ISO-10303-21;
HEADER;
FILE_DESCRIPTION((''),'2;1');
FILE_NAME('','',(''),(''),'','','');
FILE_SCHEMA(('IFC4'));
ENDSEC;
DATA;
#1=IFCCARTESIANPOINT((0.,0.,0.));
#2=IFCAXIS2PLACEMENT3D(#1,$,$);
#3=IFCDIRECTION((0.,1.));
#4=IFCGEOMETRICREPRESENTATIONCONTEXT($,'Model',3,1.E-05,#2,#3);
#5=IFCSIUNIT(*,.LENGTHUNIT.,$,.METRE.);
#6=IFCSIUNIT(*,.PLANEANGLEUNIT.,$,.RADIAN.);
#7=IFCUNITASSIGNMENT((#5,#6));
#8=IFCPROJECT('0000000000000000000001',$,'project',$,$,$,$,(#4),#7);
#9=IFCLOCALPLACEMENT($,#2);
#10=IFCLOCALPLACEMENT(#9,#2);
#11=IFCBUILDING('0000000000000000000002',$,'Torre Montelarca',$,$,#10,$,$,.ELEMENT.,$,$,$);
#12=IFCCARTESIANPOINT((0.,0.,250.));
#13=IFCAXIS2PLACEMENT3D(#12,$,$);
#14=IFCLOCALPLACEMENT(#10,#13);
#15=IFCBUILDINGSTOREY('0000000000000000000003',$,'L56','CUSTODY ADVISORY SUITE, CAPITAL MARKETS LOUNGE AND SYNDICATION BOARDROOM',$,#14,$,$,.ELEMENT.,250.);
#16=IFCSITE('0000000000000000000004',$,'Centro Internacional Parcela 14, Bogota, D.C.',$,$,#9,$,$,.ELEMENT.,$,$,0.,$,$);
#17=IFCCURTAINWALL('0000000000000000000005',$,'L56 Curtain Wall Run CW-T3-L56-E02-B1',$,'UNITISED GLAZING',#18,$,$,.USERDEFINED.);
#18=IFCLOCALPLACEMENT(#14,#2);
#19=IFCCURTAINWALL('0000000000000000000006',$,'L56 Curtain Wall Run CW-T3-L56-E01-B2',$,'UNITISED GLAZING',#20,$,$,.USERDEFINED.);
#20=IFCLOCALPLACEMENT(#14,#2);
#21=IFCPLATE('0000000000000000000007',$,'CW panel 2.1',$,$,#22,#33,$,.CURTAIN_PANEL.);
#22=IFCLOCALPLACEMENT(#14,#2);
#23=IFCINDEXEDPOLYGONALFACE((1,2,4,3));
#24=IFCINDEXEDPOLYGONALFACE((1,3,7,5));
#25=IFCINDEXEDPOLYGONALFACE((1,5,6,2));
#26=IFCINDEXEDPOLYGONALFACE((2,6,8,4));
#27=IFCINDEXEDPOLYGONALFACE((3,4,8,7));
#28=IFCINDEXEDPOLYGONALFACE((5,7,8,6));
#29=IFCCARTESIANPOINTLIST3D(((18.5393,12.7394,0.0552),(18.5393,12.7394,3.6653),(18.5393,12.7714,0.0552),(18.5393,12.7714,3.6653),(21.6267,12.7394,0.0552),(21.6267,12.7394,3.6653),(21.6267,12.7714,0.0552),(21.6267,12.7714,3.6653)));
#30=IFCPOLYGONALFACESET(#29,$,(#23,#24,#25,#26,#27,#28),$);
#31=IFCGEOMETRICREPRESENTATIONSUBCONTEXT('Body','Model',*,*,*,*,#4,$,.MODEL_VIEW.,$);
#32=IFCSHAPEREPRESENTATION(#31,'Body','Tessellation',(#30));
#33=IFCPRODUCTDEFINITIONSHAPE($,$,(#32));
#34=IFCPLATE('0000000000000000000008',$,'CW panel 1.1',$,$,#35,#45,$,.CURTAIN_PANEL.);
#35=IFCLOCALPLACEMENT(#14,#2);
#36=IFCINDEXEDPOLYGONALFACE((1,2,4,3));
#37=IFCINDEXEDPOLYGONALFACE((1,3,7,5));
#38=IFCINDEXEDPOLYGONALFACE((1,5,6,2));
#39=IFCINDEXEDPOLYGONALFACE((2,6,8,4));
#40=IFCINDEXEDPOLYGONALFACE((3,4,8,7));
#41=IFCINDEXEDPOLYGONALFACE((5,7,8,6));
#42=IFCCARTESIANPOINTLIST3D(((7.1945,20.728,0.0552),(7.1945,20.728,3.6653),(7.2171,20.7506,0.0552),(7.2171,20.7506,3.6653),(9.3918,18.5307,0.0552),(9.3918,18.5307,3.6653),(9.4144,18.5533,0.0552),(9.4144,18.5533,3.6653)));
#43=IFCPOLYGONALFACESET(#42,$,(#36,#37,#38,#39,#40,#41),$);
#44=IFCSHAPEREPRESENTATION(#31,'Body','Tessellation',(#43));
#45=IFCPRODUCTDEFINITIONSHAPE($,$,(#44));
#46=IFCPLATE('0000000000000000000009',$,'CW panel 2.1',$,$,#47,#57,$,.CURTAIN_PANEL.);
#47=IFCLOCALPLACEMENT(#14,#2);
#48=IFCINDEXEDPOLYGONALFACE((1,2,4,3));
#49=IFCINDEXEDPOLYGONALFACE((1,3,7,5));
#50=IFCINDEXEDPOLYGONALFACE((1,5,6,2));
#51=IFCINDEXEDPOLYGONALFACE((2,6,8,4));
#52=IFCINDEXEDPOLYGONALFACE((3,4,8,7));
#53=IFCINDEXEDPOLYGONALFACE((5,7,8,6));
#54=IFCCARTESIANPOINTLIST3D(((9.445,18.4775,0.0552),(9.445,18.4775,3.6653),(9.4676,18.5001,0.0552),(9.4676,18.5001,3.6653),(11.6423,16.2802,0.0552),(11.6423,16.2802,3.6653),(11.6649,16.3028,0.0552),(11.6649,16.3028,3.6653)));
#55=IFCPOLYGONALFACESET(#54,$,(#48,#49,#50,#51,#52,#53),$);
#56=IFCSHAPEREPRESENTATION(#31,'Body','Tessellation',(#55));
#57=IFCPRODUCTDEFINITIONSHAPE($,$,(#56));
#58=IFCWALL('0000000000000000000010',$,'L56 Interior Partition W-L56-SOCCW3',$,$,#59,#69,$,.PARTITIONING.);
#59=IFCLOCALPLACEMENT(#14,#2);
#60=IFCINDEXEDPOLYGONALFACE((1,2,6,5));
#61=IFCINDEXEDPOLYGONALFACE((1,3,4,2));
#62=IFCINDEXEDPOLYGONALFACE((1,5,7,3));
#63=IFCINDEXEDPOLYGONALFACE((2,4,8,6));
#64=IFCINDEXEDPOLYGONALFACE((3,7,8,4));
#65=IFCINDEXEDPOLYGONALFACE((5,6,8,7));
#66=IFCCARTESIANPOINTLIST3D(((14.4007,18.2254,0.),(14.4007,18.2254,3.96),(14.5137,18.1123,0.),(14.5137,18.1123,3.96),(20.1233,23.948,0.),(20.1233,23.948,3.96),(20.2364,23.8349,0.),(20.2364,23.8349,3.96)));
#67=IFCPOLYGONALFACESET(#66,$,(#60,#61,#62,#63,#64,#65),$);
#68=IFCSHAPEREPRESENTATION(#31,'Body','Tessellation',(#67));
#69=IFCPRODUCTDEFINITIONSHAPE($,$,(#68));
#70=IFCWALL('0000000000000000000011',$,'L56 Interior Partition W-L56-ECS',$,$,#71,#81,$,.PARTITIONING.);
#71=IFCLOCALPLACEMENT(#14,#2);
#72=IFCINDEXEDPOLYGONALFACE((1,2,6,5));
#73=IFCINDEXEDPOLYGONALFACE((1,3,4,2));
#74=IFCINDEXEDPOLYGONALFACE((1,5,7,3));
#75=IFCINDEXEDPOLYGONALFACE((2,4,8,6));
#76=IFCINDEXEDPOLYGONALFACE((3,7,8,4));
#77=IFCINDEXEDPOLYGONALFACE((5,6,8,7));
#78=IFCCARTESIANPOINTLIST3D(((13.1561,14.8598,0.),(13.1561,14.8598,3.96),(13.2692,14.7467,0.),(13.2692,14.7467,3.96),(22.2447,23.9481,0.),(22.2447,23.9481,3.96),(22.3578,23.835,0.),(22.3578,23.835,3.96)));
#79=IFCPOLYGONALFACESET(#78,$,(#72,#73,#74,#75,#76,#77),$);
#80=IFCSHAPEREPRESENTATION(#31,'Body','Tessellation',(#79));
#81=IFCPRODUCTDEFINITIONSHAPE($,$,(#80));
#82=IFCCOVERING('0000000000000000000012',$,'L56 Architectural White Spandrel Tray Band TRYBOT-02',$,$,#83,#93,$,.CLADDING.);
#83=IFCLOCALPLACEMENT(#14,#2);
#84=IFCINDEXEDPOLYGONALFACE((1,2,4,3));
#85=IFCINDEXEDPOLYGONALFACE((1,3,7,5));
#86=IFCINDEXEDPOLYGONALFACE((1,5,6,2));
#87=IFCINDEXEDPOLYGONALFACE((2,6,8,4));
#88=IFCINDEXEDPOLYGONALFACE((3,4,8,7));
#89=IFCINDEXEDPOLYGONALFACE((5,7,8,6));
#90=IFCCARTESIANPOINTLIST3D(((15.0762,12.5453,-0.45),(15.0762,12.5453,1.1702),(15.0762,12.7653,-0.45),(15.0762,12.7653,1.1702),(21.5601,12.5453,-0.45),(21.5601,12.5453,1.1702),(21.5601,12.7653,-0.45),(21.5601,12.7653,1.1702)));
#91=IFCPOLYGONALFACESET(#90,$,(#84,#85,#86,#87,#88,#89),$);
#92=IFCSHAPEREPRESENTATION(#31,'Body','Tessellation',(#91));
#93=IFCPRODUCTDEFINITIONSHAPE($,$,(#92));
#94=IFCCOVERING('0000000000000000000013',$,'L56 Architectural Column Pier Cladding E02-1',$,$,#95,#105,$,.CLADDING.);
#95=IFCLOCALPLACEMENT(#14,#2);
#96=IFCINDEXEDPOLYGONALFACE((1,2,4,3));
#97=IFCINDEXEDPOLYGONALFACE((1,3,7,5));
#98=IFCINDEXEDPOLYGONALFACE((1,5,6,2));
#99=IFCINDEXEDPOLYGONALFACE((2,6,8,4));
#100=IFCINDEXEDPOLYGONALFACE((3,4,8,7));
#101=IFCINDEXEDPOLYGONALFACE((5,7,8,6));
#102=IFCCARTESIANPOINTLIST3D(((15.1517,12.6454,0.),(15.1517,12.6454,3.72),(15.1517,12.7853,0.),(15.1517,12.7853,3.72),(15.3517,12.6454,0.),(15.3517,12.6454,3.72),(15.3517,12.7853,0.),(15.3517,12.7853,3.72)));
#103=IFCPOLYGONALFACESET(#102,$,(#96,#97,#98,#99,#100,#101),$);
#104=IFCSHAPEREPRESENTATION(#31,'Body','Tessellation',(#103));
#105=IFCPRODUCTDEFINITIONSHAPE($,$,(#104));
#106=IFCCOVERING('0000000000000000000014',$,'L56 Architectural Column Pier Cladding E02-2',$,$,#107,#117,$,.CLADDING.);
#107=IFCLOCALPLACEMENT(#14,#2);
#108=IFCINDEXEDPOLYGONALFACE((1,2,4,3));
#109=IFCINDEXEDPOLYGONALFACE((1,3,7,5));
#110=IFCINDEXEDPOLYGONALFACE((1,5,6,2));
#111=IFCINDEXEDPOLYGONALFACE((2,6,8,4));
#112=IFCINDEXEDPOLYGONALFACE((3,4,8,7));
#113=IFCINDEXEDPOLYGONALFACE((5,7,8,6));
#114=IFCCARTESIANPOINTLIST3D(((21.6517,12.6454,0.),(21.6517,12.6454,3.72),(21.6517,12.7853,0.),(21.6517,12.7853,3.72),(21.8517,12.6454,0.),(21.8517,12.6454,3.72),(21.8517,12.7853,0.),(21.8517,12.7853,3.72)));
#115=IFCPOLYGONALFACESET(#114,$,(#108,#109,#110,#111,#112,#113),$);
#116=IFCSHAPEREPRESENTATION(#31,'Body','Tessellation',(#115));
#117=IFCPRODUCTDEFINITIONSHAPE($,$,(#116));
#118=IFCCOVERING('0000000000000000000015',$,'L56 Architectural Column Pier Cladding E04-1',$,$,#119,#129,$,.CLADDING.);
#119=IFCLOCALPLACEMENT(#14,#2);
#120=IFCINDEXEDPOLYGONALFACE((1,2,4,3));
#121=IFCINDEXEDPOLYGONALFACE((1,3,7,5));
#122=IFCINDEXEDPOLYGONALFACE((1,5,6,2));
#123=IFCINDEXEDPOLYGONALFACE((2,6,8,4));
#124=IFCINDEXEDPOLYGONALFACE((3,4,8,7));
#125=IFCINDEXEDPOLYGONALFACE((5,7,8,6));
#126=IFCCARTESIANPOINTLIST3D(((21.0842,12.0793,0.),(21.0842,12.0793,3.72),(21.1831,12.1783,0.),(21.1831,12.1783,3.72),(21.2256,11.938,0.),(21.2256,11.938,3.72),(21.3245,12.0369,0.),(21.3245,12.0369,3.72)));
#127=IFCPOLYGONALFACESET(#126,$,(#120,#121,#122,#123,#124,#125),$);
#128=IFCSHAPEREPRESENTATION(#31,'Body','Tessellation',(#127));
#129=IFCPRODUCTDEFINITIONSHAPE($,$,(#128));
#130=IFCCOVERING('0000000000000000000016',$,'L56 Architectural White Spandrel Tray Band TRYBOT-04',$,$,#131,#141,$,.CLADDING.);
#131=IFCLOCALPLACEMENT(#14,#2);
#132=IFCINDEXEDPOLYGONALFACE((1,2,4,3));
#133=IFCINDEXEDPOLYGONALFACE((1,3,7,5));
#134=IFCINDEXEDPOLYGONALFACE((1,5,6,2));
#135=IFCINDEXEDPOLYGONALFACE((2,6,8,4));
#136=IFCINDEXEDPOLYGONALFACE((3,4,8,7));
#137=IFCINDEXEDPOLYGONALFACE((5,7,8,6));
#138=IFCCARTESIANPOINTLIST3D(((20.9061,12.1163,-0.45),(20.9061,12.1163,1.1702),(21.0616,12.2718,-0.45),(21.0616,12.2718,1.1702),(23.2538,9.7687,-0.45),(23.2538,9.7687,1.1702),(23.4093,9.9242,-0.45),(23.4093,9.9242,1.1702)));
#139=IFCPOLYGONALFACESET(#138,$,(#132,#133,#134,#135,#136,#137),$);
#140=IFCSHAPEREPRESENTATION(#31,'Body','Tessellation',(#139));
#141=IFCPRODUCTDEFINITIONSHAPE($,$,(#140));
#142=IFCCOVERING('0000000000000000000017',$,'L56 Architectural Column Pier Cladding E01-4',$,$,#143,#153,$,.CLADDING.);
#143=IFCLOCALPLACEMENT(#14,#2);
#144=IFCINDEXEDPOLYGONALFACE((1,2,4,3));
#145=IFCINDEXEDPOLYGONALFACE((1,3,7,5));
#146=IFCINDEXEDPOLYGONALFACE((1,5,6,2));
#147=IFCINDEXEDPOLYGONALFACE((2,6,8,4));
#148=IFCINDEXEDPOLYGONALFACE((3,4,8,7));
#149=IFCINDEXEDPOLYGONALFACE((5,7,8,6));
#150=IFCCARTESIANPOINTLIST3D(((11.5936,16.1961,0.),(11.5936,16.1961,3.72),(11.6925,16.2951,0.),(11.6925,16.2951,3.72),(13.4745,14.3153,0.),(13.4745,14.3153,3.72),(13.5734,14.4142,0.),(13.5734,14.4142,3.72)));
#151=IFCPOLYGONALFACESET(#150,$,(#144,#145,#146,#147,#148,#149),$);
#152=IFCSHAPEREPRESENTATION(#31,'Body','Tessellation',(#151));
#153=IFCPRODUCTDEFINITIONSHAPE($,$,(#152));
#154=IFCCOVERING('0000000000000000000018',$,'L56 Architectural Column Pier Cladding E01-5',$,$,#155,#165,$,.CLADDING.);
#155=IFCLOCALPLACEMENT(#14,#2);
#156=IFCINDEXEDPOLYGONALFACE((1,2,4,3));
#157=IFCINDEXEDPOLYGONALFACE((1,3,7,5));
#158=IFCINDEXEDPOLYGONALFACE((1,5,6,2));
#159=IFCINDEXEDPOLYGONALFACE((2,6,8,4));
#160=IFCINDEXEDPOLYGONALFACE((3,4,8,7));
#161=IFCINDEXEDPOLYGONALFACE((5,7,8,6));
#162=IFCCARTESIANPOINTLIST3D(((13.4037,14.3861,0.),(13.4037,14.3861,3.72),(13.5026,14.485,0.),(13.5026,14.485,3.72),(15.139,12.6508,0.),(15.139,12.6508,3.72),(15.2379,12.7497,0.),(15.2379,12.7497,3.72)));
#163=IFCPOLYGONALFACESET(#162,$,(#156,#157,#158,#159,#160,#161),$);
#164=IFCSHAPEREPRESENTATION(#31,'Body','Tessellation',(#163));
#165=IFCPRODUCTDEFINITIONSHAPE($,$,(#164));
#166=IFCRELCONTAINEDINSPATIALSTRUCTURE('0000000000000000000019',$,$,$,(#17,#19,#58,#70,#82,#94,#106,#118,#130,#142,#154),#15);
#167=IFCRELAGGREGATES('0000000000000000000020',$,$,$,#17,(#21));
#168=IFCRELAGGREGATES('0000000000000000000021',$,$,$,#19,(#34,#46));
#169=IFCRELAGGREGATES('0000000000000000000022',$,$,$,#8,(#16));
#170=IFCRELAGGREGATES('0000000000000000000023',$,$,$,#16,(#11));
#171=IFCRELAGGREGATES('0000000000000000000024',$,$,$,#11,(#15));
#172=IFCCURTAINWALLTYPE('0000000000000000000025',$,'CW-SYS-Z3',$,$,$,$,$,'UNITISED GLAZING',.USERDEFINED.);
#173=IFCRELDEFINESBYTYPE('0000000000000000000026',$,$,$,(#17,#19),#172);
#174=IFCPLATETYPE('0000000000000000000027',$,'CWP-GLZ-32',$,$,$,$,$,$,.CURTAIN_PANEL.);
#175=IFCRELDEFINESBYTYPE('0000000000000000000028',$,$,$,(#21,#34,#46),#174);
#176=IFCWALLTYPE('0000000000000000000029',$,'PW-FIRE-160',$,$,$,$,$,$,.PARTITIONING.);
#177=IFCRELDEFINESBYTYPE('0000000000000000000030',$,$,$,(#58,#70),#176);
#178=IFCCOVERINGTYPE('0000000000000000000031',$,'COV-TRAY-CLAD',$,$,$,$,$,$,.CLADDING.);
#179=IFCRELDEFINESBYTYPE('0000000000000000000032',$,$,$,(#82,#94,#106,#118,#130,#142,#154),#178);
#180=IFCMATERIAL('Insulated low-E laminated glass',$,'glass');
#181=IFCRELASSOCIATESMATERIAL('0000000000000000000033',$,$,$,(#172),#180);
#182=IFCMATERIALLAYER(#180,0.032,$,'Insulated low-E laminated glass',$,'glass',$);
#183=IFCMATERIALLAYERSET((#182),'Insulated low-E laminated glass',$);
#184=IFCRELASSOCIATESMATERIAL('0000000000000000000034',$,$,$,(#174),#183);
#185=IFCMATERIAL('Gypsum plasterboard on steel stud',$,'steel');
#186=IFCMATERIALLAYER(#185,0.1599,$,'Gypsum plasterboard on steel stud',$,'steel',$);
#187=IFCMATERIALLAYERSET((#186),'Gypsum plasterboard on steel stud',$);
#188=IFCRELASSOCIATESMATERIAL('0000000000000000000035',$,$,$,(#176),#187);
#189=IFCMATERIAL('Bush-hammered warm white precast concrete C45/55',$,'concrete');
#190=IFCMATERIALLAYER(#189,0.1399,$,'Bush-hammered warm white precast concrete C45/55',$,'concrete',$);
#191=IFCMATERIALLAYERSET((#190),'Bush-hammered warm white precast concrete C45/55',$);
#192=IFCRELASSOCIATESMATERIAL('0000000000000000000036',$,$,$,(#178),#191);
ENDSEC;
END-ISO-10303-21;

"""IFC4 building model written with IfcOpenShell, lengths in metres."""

from ifc_helpers import new_model, si_unit, direction, frame, frame_2d, origin, origin_2d, place, context, subcontext, project, spatial, rectangle, extrude, source, transform, mapped, material, layer, layer_set, type_object, element, aggregate, save


model = new_model("IFC4")

# Units and contexts
model_context = context("Model", 3, precision=1e-05, world=origin(), true_north=direction((0.0, 1.0)))
body_context = subcontext(model_context, "Body", "Model", "MODEL_VIEW")
ifc_project = project(units=[si_unit("LENGTHUNIT", "METRE"), si_unit("PLANEANGLEUNIT", "RADIAN")], contexts=[model_context])

# Site, building, storey
site_placement = place(None, origin())
site = spatial("IfcSite", under=ifc_project, at=site_placement, Name="Centro Internacional Parcela 14, Bogota, D.C.", CompositionType="ELEMENT", RefElevation=0.0)
building_placement = place(site_placement, origin())
building = spatial("IfcBuilding", under=site, at=building_placement, Name="Torre Montelarca", CompositionType="ELEMENT")
storey_placement = place(building_placement, frame((0.0, 0.0, 250.0)))
storey = spatial("IfcBuildingStorey", under=building, at=storey_placement, Name="L56", Description="CUSTODY ADVISORY SUITE, CAPITAL MARKETS LOUNGE AND SYNDICATION BOARDROOM", CompositionType="ELEMENT", Elevation=250.0)

# Curtain walls
ifc_material_1 = material(Name="Insulated low-E laminated glass", Category="glass")
curtain_wall_type = type_object("IfcCurtainWallType", Name="CW-SYS-Z3", ElementType="UNITISED GLAZING", PredefinedType="USERDEFINED", material=ifc_material_1)
curtain_wall_1_placement = place(storey_placement, origin())
curtain_wall_1 = element("IfcCurtainWall", 1, at=curtain_wall_1_placement, inside=storey, type_object=curtain_wall_type, Name="L56 Curtain Wall Run CW-T3-L56-E02-B1", ObjectType="UNITISED GLAZING", PredefinedType="USERDEFINED")
curtain_wall_2_placement = place(storey_placement, origin())
curtain_wall_2 = element("IfcCurtainWall", 2, at=curtain_wall_2_placement, inside=storey, type_object=curtain_wall_type, Name="L56 Curtain Wall Run CW-T3-L56-E01-B2", ObjectType="UNITISED GLAZING", PredefinedType="USERDEFINED")

# Plates
ifc_layer_1 = layer(ifc_material_1, 0.032, Name="Insulated low-E laminated glass", Category="glass")
ifc_layer_set_1 = layer_set([ifc_layer_1], Name="Insulated low-E laminated glass")
plate_type = type_object("IfcPlateType", Name="CWP-GLZ-32", PredefinedType="CURTAIN_PANEL", material=ifc_layer_set_1)
shared_shape_1 = source(origin(), body_context, "Body", "SweptSolid", [
    extrude(rectangle(XDim=3.0874, YDim=0.032, at=origin_2d()), origin(), (0.0, 0.0, 1.0), 3.6101),
])
plate_1_placement = place(storey_placement, frame((20.083, 12.7554, 0.0552), z_axis=(0.0, 0.0, 1.0), x_axis=(1.0, 0.0, 0.0)))
plate_1 = element("IfcPlate", 3, at=plate_1_placement, type_object=plate_type, Name="CW panel 2.1", PredefinedType="CURTAIN_PANEL", context=body_context, shape_type="MappedRepresentation", body=[
    mapped(shared_shape_1, transform((0.0, 0.0, 0.0), scale=1.0)),
])
aggregate(curtain_wall_1, [plate_1])
shared_shape_2 = source(origin(), body_context, "Body", "SweptSolid", [
    extrude(rectangle(XDim=3.1074, YDim=0.032, at=origin_2d()), origin(), (0.0, 0.0, 1.0), 3.6101),
])
plate_2_placement = place(storey_placement, frame((8.3044, 19.6406, 0.0552), z_axis=(0.0, 0.0, 1.0), x_axis=(0.707107, -0.707107, 0.0)))
plate_2 = element("IfcPlate", 4, at=plate_2_placement, type_object=plate_type, Name="CW panel 1.1", PredefinedType="CURTAIN_PANEL", context=body_context, shape_type="MappedRepresentation", body=[
    mapped(shared_shape_2, transform((0.0, 0.0, 0.0), scale=1.0)),
])
plate_3_placement = place(storey_placement, frame((10.5549, 17.3901, 0.0552), z_axis=(0.0, 0.0, 1.0), x_axis=(0.707107, -0.707107, 0.0)))
plate_3 = element("IfcPlate", 5, at=plate_3_placement, type_object=plate_type, Name="CW panel 2.1", PredefinedType="CURTAIN_PANEL", context=body_context, shape_type="MappedRepresentation", body=[
    mapped(shared_shape_2, transform((0.0, 0.0, 0.0), scale=1.0)),
])
aggregate(curtain_wall_2, [plate_2, plate_3])

# Walls
ifc_material_2 = material(Name="Gypsum plasterboard on steel stud", Category="steel")
ifc_layer_2 = layer(ifc_material_2, 0.1599, Name="Gypsum plasterboard on steel stud", Category="steel")
ifc_layer_set_2 = layer_set([ifc_layer_2], Name="Gypsum plasterboard on steel stud")
wall_type = type_object("IfcWallType", Name="PW-FIRE-160", PredefinedType="PARTITIONING", material=ifc_layer_set_2)
wall_1_placement = place(storey_placement, frame((14.4573, 18.1689, 0.0), z_axis=(0.0, 0.0, 1.0), x_axis=(0.707107, 0.707107, 0.0)))
element("IfcWall", 6, at=wall_1_placement, inside=storey, type_object=wall_type, Name="L56 Interior Partition W-L56-SOCCW3", PredefinedType="PARTITIONING", context=body_context, shape_type="SweptSolid", body=[
    extrude(rectangle(XDim=8.093, YDim=0.1599, at=frame_2d((4.0464, 0.0))), origin(), (0.0, 0.0, 1.0), 3.96),
])
wall_2_placement = place(storey_placement, frame((13.2126, 14.8032, 0.0), z_axis=(0.0, 0.0, 1.0), x_axis=(0.707116, 0.707097, 0.0)))
element("IfcWall", 7, at=wall_2_placement, inside=storey, type_object=wall_type, Name="L56 Interior Partition W-L56-ECS", PredefinedType="PARTITIONING", context=body_context, shape_type="SweptSolid", body=[
    extrude(rectangle(XDim=12.853, YDim=0.1599, at=frame_2d((6.4265, 0.0))), origin(), (0.0, 0.0, 1.0), 3.96),
])

# Coverings
ifc_material_3 = material(Name="Bush-hammered warm white precast concrete C45/55", Category="concrete")
ifc_layer_3 = layer(ifc_material_3, 0.1399, Name="Bush-hammered warm white precast concrete C45/55", Category="concrete")
ifc_layer_set_3 = layer_set([ifc_layer_3], Name="Bush-hammered warm white precast concrete C45/55")
covering_type = type_object("IfcCoveringType", Name="COV-TRAY-CLAD", PredefinedType="CLADDING", material=ifc_layer_set_3)
shared_shape_3 = source(origin(), body_context, "Body", "SweptSolid", [
    extrude(rectangle(XDim=6.4839, YDim=0.22, at=origin_2d()), origin(), (0.0, 0.0, 1.0), 1.6201),
])
covering_1_placement = place(storey_placement, frame((18.3181, 12.6553, -0.45), z_axis=(0.0, 0.0, 1.0), x_axis=(1.0, 0.0, 0.0)))
element("IfcCovering", 8, at=covering_1_placement, inside=storey, type_object=covering_type, Name="L56 Architectural White Spandrel Tray Band TRYBOT-02", PredefinedType="CLADDING", context=body_context, shape_type="MappedRepresentation", body=[
    mapped(shared_shape_3, transform((0.0, 0.0, 0.0), scale=1.0)),
])
shared_shape_4 = source(origin(), body_context, "Body", "SweptSolid", [
    extrude(rectangle(XDim=0.2, YDim=0.1399, at=origin_2d()), origin(), (0.0, 0.0, 1.0), 3.72),
])
for number, where, z_axis, x_axis, name in (
    (9, (15.2517, 12.7153, 0.0), (0.0, 0.0, 1.0), (1.0, 0.0, 0.0), "L56 Architectural Column Pier Cladding E02-1"),
    (10, (21.7517, 12.7153, 0.0), (0.0, 0.0, 1.0), (1.0, 0.0, 0.0), "L56 Architectural Column Pier Cladding E02-2"),
    (11, (21.2043, 12.0581, 0.0), (0.0, 0.0, 1.0), (0.707124, -0.70709, 0.0), "L56 Architectural Column Pier Cladding E04-1"),
):
    element("IfcCovering", number, at=place(storey_placement, frame(where, z_axis=z_axis, x_axis=x_axis)), inside=storey, type_object=covering_type, Name=name, PredefinedType="CLADDING", context=body_context, shape_type="MappedRepresentation", body=[
        mapped(shared_shape_4, transform((0.0, 0.0, 0.0), scale=1.0)),
    ])
shared_shape_5 = source(origin(), body_context, "Body", "SweptSolid", [
    extrude(rectangle(XDim=3.3201, YDim=0.22, at=origin_2d()), origin(), (0.0, 0.0, 1.0), 1.6201),
])
covering_2_placement = place(storey_placement, frame((22.1577, 11.0203, -0.45), z_axis=(0.0, 0.0, 1.0), x_axis=(0.707123, -0.707091, 0.0)))
element("IfcCovering", 12, at=covering_2_placement, inside=storey, type_object=covering_type, Name="L56 Architectural White Spandrel Tray Band TRYBOT-04", PredefinedType="CLADDING", context=body_context, shape_type="MappedRepresentation", body=[
    mapped(shared_shape_5, transform((0.0, 0.0, 0.0), scale=1.0)),
])
shared_shape_6 = source(origin(), body_context, "Body", "SweptSolid", [
    extrude(rectangle(XDim=2.6599, YDim=0.1399, at=origin_2d()), origin(), (0.0, 0.0, 1.0), 3.72),
])
covering_3_placement = place(storey_placement, frame((12.5835, 15.3052, 0.0), z_axis=(0.0, 0.0, 1.0), x_axis=(0.707107, -0.707107, 0.0)))
element("IfcCovering", 13, at=covering_3_placement, inside=storey, type_object=covering_type, Name="L56 Architectural Column Pier Cladding E01-4", PredefinedType="CLADDING", context=body_context, shape_type="MappedRepresentation", body=[
    mapped(shared_shape_6, transform((0.0, 0.0, 0.0), scale=1.0)),
])
shared_shape_7 = source(origin(), body_context, "Body", "SweptSolid", [
    extrude(rectangle(XDim=2.4541, YDim=0.1399, at=origin_2d()), origin(), (0.0, 0.0, 1.0), 3.72),
])
covering_4_placement = place(storey_placement, frame((14.3208, 13.5679, 0.0), z_axis=(0.0, 0.0, 1.0), x_axis=(0.707107, -0.707107, 0.0)))
element("IfcCovering", 14, at=covering_4_placement, inside=storey, type_object=covering_type, Name="L56 Architectural Column Pier Cladding E01-5", PredefinedType="CLADDING", context=body_context, shape_type="MappedRepresentation", body=[
    mapped(shared_shape_7, transform((0.0, 0.0, 0.0), scale=1.0)),
])

save(model, "model.ifc")
